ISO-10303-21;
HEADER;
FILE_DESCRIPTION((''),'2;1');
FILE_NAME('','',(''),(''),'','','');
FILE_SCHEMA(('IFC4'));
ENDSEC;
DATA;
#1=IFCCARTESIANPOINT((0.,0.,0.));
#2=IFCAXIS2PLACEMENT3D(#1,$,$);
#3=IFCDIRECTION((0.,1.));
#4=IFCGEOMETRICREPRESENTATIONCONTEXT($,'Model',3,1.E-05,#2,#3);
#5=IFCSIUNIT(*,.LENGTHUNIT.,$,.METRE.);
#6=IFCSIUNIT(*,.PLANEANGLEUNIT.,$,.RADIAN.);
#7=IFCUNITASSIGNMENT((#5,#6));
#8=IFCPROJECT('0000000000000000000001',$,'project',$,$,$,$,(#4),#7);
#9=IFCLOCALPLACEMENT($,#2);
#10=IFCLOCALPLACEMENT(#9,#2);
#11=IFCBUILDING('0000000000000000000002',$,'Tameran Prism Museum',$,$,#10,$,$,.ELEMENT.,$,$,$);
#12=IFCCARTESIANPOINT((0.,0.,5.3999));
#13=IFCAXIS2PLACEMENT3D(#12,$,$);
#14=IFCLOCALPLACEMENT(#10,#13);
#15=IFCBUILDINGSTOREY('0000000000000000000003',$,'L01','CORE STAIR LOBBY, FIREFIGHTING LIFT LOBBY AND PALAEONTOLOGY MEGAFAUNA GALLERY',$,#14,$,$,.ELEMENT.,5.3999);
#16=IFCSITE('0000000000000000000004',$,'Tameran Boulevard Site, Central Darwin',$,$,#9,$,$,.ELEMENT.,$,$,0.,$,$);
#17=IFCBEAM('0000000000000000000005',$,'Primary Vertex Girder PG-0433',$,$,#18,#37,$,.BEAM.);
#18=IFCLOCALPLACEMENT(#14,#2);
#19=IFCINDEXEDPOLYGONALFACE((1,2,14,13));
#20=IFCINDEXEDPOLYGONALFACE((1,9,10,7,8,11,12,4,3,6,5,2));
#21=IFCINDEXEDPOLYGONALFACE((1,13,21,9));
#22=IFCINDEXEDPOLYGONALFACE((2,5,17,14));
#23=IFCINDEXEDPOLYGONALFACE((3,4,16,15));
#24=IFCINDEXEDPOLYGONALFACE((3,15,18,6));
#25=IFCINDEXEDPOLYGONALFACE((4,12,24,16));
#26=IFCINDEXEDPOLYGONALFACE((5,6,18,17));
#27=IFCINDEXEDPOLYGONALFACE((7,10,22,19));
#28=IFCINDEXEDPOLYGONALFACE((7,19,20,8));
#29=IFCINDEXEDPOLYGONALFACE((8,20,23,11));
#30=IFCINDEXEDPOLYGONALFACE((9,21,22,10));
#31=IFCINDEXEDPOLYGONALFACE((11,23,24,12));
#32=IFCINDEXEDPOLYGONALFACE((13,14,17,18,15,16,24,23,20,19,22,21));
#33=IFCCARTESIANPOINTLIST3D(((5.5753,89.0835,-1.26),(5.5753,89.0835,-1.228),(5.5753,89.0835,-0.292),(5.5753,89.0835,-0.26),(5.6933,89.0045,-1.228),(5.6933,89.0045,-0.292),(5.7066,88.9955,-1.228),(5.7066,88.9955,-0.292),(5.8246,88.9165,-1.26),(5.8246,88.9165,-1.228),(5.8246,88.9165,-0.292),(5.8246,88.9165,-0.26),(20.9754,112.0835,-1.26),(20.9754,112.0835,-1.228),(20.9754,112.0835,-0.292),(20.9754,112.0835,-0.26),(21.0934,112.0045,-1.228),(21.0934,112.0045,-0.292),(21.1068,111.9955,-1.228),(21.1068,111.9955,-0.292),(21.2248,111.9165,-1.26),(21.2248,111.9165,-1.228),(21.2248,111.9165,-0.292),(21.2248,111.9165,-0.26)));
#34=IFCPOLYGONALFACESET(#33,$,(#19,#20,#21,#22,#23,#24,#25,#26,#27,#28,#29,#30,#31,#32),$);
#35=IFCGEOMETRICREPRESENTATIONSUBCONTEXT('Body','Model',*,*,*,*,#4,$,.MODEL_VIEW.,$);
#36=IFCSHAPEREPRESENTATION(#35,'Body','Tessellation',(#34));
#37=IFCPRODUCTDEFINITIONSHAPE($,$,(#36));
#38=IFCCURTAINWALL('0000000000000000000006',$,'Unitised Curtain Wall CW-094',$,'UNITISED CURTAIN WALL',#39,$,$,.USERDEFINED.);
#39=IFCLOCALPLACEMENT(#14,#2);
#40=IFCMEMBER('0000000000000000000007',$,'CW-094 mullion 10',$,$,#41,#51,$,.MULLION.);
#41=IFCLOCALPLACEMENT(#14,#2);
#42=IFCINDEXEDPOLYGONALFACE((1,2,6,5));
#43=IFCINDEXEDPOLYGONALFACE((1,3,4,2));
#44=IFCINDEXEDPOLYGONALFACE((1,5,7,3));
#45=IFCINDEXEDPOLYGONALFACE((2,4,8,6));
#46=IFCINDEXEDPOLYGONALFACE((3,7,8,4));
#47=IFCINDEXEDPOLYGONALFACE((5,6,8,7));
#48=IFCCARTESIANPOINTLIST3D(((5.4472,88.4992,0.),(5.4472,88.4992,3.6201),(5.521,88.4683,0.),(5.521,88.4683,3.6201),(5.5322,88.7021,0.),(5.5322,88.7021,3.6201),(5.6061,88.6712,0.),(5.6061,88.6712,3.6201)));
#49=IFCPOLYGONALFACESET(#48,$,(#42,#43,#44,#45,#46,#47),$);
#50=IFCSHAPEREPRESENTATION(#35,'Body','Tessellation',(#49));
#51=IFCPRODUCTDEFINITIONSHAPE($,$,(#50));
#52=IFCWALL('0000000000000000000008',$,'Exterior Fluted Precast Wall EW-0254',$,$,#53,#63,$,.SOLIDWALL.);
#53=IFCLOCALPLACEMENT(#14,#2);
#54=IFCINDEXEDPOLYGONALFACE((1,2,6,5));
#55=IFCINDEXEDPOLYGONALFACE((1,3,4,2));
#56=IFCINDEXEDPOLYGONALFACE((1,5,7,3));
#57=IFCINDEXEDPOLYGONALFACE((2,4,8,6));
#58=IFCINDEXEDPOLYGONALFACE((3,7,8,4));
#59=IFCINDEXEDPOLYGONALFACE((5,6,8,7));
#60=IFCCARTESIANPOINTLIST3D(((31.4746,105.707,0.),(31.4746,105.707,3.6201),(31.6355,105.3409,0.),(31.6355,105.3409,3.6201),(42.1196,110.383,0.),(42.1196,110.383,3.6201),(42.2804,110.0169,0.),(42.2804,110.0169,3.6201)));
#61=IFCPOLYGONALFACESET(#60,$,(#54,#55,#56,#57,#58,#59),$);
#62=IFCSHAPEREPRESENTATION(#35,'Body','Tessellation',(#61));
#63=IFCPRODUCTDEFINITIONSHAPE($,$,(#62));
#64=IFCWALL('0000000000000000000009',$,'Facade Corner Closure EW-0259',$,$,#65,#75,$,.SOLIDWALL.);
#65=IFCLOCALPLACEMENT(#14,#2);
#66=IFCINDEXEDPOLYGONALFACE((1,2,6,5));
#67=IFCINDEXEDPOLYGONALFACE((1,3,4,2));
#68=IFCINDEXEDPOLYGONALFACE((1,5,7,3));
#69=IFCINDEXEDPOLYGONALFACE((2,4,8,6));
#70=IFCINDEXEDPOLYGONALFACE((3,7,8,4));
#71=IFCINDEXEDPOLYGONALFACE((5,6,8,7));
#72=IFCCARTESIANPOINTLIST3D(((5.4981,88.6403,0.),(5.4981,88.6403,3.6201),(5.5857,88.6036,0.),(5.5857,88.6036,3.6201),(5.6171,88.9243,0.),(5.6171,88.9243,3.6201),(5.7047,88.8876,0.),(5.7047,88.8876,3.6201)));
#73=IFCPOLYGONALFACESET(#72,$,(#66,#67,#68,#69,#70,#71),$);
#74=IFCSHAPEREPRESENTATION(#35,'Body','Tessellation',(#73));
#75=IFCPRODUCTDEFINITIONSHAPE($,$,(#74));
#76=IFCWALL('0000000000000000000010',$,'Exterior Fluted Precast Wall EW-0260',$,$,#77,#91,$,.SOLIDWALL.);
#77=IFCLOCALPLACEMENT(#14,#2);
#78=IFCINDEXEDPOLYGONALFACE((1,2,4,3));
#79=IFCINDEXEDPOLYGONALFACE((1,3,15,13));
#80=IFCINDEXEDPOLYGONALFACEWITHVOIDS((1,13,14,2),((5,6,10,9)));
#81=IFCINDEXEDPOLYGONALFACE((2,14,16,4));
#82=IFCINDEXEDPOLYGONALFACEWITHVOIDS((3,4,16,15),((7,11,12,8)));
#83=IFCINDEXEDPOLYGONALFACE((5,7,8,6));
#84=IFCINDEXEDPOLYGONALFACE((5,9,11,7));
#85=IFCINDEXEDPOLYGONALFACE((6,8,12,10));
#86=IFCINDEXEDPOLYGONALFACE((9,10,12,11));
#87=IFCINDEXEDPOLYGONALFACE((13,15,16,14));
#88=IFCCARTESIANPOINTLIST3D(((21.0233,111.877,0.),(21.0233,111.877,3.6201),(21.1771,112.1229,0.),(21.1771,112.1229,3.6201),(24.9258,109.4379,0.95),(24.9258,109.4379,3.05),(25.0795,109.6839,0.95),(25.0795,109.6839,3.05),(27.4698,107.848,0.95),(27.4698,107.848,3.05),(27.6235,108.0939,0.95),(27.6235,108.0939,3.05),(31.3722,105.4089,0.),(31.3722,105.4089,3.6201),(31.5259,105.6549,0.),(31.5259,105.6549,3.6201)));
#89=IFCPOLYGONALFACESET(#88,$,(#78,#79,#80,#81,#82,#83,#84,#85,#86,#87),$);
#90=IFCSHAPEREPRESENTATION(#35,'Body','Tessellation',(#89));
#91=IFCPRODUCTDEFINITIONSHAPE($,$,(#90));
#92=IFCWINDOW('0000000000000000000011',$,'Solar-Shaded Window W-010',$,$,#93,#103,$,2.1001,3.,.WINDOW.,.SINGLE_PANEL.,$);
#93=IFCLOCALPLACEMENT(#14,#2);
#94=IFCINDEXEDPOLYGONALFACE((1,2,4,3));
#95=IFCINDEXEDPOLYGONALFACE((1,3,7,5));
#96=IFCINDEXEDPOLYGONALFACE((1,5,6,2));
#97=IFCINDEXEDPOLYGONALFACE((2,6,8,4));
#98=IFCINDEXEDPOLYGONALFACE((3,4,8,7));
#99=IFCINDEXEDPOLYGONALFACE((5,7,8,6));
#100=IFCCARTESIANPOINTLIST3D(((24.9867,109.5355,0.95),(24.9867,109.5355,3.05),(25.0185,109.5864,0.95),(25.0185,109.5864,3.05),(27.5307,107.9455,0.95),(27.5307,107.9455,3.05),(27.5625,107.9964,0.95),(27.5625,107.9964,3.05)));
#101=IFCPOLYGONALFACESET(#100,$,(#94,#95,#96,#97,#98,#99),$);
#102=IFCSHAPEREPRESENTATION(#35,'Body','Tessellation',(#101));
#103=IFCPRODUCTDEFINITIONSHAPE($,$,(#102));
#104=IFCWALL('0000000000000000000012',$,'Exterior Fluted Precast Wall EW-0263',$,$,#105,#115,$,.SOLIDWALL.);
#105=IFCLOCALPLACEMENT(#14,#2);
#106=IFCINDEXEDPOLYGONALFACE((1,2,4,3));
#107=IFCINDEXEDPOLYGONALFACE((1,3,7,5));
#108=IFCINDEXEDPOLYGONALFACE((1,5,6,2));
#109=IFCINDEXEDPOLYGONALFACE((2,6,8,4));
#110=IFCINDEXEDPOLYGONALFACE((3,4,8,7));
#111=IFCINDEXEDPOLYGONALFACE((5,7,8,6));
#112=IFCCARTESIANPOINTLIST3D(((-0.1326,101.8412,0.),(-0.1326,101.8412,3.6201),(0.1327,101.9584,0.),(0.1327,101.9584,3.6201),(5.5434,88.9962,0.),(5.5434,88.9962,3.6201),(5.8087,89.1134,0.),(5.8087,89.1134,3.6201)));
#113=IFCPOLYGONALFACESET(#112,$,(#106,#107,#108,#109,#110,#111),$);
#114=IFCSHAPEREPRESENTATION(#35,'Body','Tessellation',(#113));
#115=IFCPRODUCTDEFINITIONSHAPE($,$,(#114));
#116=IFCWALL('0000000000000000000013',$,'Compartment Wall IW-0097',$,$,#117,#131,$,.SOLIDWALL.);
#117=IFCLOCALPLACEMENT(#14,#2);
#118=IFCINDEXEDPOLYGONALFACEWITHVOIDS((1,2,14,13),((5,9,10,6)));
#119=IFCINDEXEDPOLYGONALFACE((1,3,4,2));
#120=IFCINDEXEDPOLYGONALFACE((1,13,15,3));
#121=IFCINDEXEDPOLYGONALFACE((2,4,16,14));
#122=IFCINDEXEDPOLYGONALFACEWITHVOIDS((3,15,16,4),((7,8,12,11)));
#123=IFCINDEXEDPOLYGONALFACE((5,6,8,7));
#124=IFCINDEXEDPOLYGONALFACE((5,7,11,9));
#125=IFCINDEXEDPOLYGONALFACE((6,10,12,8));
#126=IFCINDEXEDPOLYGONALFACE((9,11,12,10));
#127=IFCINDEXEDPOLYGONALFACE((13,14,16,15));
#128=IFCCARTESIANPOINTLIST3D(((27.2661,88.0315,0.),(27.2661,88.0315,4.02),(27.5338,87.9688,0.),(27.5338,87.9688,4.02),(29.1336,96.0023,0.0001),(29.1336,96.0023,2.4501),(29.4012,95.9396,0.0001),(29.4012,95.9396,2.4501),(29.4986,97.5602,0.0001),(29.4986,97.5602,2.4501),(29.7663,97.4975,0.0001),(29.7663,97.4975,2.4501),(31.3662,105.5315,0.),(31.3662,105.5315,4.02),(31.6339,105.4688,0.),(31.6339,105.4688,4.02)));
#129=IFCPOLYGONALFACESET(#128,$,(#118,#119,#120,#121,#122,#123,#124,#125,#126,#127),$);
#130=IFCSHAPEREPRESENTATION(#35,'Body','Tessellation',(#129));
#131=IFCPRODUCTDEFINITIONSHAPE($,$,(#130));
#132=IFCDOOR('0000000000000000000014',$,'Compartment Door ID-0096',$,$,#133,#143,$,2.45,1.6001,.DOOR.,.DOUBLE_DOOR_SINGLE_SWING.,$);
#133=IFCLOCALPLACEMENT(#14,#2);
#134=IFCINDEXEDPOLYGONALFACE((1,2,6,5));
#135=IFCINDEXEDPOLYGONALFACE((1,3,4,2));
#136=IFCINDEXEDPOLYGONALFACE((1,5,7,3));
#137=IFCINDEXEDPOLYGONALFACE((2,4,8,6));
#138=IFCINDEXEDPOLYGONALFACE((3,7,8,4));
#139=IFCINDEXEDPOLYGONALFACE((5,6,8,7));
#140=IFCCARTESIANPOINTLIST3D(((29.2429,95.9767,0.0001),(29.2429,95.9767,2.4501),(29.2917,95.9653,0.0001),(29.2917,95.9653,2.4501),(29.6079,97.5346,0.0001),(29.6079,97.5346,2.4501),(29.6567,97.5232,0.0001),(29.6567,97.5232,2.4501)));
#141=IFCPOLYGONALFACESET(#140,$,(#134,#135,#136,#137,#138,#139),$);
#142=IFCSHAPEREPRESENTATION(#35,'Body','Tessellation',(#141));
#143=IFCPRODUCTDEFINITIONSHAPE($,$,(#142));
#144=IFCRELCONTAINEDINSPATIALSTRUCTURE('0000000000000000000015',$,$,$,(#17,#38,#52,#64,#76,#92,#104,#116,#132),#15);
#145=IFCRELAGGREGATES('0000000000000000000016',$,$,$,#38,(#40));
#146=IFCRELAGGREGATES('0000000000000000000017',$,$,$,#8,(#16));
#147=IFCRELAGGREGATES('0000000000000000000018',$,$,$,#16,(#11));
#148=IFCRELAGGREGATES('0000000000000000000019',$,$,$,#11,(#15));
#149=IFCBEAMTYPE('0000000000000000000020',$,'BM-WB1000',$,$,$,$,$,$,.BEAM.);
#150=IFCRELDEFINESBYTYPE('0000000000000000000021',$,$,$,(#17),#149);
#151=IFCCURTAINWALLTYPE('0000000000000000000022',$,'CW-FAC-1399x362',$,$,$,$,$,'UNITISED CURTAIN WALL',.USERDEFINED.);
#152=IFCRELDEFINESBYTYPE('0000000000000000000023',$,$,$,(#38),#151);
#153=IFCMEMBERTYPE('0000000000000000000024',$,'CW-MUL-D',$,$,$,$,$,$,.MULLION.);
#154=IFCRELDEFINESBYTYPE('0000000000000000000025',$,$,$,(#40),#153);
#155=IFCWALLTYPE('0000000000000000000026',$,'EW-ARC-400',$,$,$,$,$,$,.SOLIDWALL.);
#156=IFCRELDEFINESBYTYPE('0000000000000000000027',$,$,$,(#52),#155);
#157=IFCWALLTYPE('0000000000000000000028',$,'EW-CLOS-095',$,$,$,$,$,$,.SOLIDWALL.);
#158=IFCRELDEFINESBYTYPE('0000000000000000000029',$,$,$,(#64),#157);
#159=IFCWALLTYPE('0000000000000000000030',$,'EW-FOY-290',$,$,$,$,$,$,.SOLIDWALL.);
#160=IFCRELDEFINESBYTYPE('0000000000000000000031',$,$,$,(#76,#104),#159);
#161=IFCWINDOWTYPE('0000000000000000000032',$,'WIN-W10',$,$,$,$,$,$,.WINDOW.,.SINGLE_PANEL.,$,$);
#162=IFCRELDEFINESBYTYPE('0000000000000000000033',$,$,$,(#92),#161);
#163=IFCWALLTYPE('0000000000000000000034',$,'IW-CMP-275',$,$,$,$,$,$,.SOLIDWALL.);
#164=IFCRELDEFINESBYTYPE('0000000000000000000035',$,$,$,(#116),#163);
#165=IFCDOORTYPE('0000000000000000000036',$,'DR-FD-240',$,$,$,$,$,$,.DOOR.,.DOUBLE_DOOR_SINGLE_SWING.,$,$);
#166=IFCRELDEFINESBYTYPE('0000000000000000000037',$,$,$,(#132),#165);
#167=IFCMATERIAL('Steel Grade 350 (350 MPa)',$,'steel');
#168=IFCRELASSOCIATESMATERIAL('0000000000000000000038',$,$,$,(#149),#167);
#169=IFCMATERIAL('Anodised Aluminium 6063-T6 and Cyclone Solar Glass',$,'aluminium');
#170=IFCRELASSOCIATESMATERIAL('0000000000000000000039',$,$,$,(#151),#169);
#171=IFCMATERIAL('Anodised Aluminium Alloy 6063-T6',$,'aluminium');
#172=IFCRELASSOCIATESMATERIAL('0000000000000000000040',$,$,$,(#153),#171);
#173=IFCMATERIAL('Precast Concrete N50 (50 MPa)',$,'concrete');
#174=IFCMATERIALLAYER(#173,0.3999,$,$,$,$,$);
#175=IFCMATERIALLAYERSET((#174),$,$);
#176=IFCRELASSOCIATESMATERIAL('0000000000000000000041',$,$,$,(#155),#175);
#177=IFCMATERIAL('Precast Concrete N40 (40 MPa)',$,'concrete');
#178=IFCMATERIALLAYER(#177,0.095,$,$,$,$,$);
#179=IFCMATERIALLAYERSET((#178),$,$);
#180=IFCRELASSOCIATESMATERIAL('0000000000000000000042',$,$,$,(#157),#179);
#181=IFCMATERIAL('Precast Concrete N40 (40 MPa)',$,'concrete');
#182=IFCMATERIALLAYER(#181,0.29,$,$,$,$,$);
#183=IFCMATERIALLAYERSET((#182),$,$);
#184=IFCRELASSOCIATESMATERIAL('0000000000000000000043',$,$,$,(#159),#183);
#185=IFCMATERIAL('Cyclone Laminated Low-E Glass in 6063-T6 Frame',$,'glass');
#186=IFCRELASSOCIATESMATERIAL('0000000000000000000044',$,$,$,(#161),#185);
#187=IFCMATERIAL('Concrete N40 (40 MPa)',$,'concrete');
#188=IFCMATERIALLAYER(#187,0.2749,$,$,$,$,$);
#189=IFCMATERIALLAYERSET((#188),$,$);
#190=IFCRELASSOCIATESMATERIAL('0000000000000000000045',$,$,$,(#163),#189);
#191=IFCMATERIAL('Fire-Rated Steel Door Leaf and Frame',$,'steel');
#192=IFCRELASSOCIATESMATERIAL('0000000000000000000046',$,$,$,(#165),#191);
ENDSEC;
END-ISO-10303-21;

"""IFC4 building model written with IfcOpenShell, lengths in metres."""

from ifc_helpers import new_model, si_unit, direction, frame, frame_2d, origin, origin_2d, place, context, subcontext, project, spatial, rectangle, i_section, extrude, material, layer, layer_set, material_profile, profile_set, type_object, element, fill, aggregate, save


model = new_model("IFC4")

# Units and contexts
model_context = context("Model", 3, precision=1e-05, world=origin(), true_north=direction((0.0, 1.0)))
body_context = subcontext(model_context, "Body", "Model", "MODEL_VIEW")
ifc_project = project(units=[si_unit("LENGTHUNIT", "METRE"), si_unit("PLANEANGLEUNIT", "RADIAN")], contexts=[model_context])

# Site, building, storey
site_placement = place(None, origin())
site = spatial("IfcSite", under=ifc_project, at=site_placement, Name="Tameran Boulevard Site, Central Darwin", CompositionType="ELEMENT", RefElevation=0.0)
building_placement = place(site_placement, origin())
building = spatial("IfcBuilding", under=site, at=building_placement, Name="Tameran Prism Museum", CompositionType="ELEMENT")
storey_placement = place(building_placement, frame((0.0, 0.0, 5.3999)))
storey = spatial("IfcBuildingStorey", under=building, at=storey_placement, Name="L01", Description="CORE STAIR LOBBY, FIREFIGHTING LIFT LOBBY AND PALAEONTOLOGY MEGAFAUNA GALLERY", CompositionType="ELEMENT", Elevation=5.3999)

# Beam
ifc_material_1 = material(Name="Steel Grade 350 (350 MPa)", Category="steel")
ifc_material_profile_1 = material_profile(ifc_material_1, i_section(OverallWidth=0.3, OverallDepth=1.0, WebThickness=0.0161, FlangeThickness=0.032, at=origin_2d()))
ifc_profile_set_1 = profile_set([ifc_material_profile_1])
beam_type_1 = type_object("IfcBeamType", Name="BM-WB1000", PredefinedType="BEAM", material=ifc_profile_set_1)
beam_1_placement = place(storey_placement, frame((5.7, 89.0, -0.76), z_axis=(0.55637, 0.830935, 0.0), x_axis=(-0.830935, 0.55637, 0.0)))
element("IfcBeam", 1, at=beam_1_placement, inside=storey, type_object=beam_type_1, Name="Primary Vertex Girder PG-0433", PredefinedType="BEAM", context=body_context, shape_type="SweptSolid", body=[
    extrude(i_section(OverallWidth=0.3, OverallDepth=1.0, WebThickness=0.0161, FlangeThickness=0.032, at=origin_2d()), origin(), (0.0, 0.0, 1.0), 27.6797),
])

# Curtain wall, member
ifc_material_2 = material(Name="Anodised Aluminium 6063-T6 and Cyclone Solar Glass", Category="aluminium")
curtain_wall_type = type_object("IfcCurtainWallType", Name="CW-FAC-1399x362", ElementType="UNITISED CURTAIN WALL", PredefinedType="USERDEFINED", material=ifc_material_2)
curtain_wall_placement = place(storey_placement, origin())
curtain_wall = element("IfcCurtainWall", 2, at=curtain_wall_placement, inside=storey, type_object=curtain_wall_type, Name="Unitised Curtain Wall CW-094", ObjectType="UNITISED CURTAIN WALL", PredefinedType="USERDEFINED")
ifc_material_3 = material(Name="Anodised Aluminium Alloy 6063-T6", Category="aluminium")
ifc_material_profile_2 = material_profile(ifc_material_3, rectangle(XDim=0.0801, YDim=0.22, at=origin_2d()))
ifc_profile_set_2 = profile_set([ifc_material_profile_2])
member_type = type_object("IfcMemberType", Name="CW-MUL-D", PredefinedType="MULLION", material=ifc_profile_set_2)
member_placement = place(storey_placement, frame((5.5266, 88.5852, 0.0), z_axis=(0.0, 0.0, 1.0), x_axis=(-0.922252, 0.386589, 0.0)))
member = element("IfcMember", 3, at=member_placement, type_object=member_type, Name="CW-094 mullion 10", PredefinedType="MULLION", context=body_context, shape_type="SweptSolid", body=[
    extrude(rectangle(XDim=0.0801, YDim=0.22, at=origin_2d()), origin(), (0.0, 0.0, 1.0), 3.6201),
])
aggregate(curtain_wall, [member])

# Walls
ifc_material_4 = material(Name="Precast Concrete N50 (50 MPa)", Category="concrete")
ifc_layer_1 = layer(ifc_material_4, 0.3999)
ifc_layer_set_1 = layer_set([ifc_layer_1])
wall_type_1 = type_object("IfcWallType", Name="EW-ARC-400", PredefinedType="SOLIDWALL", material=ifc_layer_set_1)
wall_1_placement = place(storey_placement, frame((31.5549, 105.5239, 0.0), z_axis=(0.0, 0.0, 1.0), x_axis=(0.915562, 0.402178, 0.0)))
element("IfcWall", 4, at=wall_1_placement, inside=storey, type_object=wall_type_1, Name="Exterior Fluted Precast Wall EW-0254", PredefinedType="SOLIDWALL", context=body_context, shape_type="SweptSolid", body=[
    extrude(rectangle(XDim=11.6267, YDim=0.3999, at=frame_2d((5.8135, 0.0))), origin(), (0.0, 0.0, 1.0), 3.6201),
])
ifc_material_5 = material(Name="Precast Concrete N40 (40 MPa)", Category="concrete")
ifc_layer_2 = layer(ifc_material_5, 0.095)
ifc_layer_set_2 = layer_set([ifc_layer_2])
wall_type_2 = type_object("IfcWallType", Name="EW-CLOS-095", PredefinedType="SOLIDWALL", material=ifc_layer_set_2)
wall_2_placement = place(storey_placement, frame((5.542, 88.6221, 0.0), z_axis=(0.0, 0.0, 1.0), x_axis=(0.386248, 0.922395, 0.0)))
element("IfcWall", 5, at=wall_2_placement, inside=storey, type_object=wall_type_2, Name="Facade Corner Closure EW-0259", PredefinedType="SOLIDWALL", context=body_context, shape_type="SweptSolid", body=[
    extrude(rectangle(XDim=0.3079, YDim=0.095, at=frame_2d((0.1538, 0.0))), origin(), (0.0, 0.0, 1.0), 3.6201),
])

# Wall, opening, window
ifc_material_6 = material(Name="Precast Concrete N40 (40 MPa)", Category="concrete")
ifc_layer_3 = layer(ifc_material_6, 0.29)
ifc_layer_set_3 = layer_set([ifc_layer_3])
wall_type_3 = type_object("IfcWallType", Name="EW-FOY-290", PredefinedType="SOLIDWALL", material=ifc_layer_set_3)
wall_3_placement = place(storey_placement, frame((21.1001, 112.0, 0.0), z_axis=(0.0, 0.0, 1.0), x_axis=(0.847999, -0.529997, 0.0)))
wall_3 = element("IfcWall", 6, at=wall_3_placement, inside=storey, type_object=wall_type_3, Name="Exterior Fluted Precast Wall EW-0260", PredefinedType="SOLIDWALL", context=body_context, shape_type="SweptSolid", body=[
    extrude(rectangle(XDim=12.2039, YDim=0.29, at=frame_2d((6.1021, 0.0))), origin(), (0.0, 0.0, 1.0), 3.6201),
])
opening_1_placement = place(wall_3_placement, frame((4.6021, 0.0, 0.95)))
opening_1 = element("IfcOpeningElement", 7, at=opening_1_placement, cuts=wall_3, PredefinedType="OPENING", context=body_context, shape_type="SweptSolid", body=[
    extrude(rectangle(XDim=3.0, YDim=2.1001, at=frame_2d((1.5, 1.05))), frame((0.0, 0.155, 0.0), z_axis=(0.0, -1.0, 0.0), x_axis=(1.0, 0.0, 0.0)), (0.0, 0.0, 1.0), 0.3101),
])
ifc_material_7 = material(Name="Cyclone Laminated Low-E Glass in 6063-T6 Frame", Category="glass")
window_type = type_object("IfcWindowType", Name="WIN-W10", PartitioningType="SINGLE_PANEL", PredefinedType="WINDOW", material=ifc_material_7)
window_placement = place(opening_1_placement, origin())
window = element("IfcWindow", 8, at=window_placement, inside=storey, type_object=window_type, Name="Solar-Shaded Window W-010", OverallHeight=2.1001, OverallWidth=3.0, PartitioningType="SINGLE_PANEL", PredefinedType="WINDOW", context=body_context, shape_type="SweptSolid", body=[
    extrude(rectangle(XDim=3.0, YDim=2.1001, at=frame_2d((1.5, 1.05))), frame((0.0, 0.03, 0.0), z_axis=(0.0, -1.0, 0.0), x_axis=(1.0, 0.0, 0.0)), (0.0, 0.0, 1.0), 0.0601),
])
fill(opening_1, window)

# Wall
wall_4_placement = place(storey_placement, frame((5.676, 89.0549, 0.0), z_axis=(0.0, 0.0, 1.0), x_axis=(-0.404184, 0.914678, 0.0)))
element("IfcWall", 9, at=wall_4_placement, inside=storey, type_object=wall_type_3, Name="Exterior Fluted Precast Wall EW-0263", PredefinedType="SOLIDWALL", context=body_context, shape_type="SweptSolid", body=[
    extrude(rectangle(XDim=14.0432, YDim=0.29, at=frame_2d((7.0215, 0.0))), origin(), (0.0, 0.0, 1.0), 3.6201),
])

# Wall, opening, door
ifc_material_8 = material(Name="Concrete N40 (40 MPa)", Category="concrete")
ifc_layer_4 = layer(ifc_material_8, 0.2749)
ifc_layer_set_4 = layer_set([ifc_layer_4])
wall_type_4 = type_object("IfcWallType", Name="IW-CMP-275", PredefinedType="SOLIDWALL", material=ifc_layer_set_4)
wall_5_placement = place(storey_placement, frame((31.5, 105.5, 0.0), z_axis=(0.0, 0.0, 1.0), x_axis=(-0.228114, -0.973634, 0.0)))
wall_5 = element("IfcWall", 10, at=wall_5_placement, inside=storey, type_object=wall_type_4, Name="Compartment Wall IW-0097", PredefinedType="SOLIDWALL", context=body_context, shape_type="SweptSolid", body=[
    extrude(rectangle(XDim=17.9739, YDim=0.2749, at=frame_2d((8.9868, 0.0))), origin(), (0.0, 0.0, 1.0), 4.02),
])
opening_2_placement = place(wall_5_placement, frame((8.187, 0.0, 0.0)))
opening_2 = element("IfcOpeningElement", 11, at=opening_2_placement, cuts=wall_5, PredefinedType="OPENING", context=body_context, shape_type="SweptSolid", body=[
    extrude(rectangle(XDim=1.6001, YDim=2.45, at=frame_2d((0.8, 1.2251))), frame((0.0, 0.1475, 0.0), z_axis=(0.0, -1.0, 0.0), x_axis=(1.0, 0.0, 0.0)), (0.0, 0.0, 1.0), 0.2949),
])
ifc_material_9 = material(Name="Fire-Rated Steel Door Leaf and Frame", Category="steel")
door_type_1 = type_object("IfcDoorType", Name="DR-FD-240", OperationType="DOUBLE_DOOR_SINGLE_SWING", PredefinedType="DOOR", material=ifc_material_9)
door_1_placement = place(opening_2_placement, origin())
door_1 = element("IfcDoor", 12, at=door_1_placement, inside=storey, type_object=door_type_1, Name="Compartment Door ID-0096", OperationType="DOUBLE_DOOR_SINGLE_SWING", OverallHeight=2.45, OverallWidth=1.6001, PredefinedType="DOOR", context=body_context, shape_type="SweptSolid", body=[
    extrude(rectangle(XDim=1.6001, YDim=2.45, at=frame_2d((0.8, 1.2251))), frame((0.0, 0.0249, 0.0), z_axis=(0.0, -1.0, 0.0), x_axis=(1.0, 0.0, 0.0)), (0.0, 0.0, 1.0), 0.05),
])
fill(opening_2, door_1)

save(model, "model.ifc")
